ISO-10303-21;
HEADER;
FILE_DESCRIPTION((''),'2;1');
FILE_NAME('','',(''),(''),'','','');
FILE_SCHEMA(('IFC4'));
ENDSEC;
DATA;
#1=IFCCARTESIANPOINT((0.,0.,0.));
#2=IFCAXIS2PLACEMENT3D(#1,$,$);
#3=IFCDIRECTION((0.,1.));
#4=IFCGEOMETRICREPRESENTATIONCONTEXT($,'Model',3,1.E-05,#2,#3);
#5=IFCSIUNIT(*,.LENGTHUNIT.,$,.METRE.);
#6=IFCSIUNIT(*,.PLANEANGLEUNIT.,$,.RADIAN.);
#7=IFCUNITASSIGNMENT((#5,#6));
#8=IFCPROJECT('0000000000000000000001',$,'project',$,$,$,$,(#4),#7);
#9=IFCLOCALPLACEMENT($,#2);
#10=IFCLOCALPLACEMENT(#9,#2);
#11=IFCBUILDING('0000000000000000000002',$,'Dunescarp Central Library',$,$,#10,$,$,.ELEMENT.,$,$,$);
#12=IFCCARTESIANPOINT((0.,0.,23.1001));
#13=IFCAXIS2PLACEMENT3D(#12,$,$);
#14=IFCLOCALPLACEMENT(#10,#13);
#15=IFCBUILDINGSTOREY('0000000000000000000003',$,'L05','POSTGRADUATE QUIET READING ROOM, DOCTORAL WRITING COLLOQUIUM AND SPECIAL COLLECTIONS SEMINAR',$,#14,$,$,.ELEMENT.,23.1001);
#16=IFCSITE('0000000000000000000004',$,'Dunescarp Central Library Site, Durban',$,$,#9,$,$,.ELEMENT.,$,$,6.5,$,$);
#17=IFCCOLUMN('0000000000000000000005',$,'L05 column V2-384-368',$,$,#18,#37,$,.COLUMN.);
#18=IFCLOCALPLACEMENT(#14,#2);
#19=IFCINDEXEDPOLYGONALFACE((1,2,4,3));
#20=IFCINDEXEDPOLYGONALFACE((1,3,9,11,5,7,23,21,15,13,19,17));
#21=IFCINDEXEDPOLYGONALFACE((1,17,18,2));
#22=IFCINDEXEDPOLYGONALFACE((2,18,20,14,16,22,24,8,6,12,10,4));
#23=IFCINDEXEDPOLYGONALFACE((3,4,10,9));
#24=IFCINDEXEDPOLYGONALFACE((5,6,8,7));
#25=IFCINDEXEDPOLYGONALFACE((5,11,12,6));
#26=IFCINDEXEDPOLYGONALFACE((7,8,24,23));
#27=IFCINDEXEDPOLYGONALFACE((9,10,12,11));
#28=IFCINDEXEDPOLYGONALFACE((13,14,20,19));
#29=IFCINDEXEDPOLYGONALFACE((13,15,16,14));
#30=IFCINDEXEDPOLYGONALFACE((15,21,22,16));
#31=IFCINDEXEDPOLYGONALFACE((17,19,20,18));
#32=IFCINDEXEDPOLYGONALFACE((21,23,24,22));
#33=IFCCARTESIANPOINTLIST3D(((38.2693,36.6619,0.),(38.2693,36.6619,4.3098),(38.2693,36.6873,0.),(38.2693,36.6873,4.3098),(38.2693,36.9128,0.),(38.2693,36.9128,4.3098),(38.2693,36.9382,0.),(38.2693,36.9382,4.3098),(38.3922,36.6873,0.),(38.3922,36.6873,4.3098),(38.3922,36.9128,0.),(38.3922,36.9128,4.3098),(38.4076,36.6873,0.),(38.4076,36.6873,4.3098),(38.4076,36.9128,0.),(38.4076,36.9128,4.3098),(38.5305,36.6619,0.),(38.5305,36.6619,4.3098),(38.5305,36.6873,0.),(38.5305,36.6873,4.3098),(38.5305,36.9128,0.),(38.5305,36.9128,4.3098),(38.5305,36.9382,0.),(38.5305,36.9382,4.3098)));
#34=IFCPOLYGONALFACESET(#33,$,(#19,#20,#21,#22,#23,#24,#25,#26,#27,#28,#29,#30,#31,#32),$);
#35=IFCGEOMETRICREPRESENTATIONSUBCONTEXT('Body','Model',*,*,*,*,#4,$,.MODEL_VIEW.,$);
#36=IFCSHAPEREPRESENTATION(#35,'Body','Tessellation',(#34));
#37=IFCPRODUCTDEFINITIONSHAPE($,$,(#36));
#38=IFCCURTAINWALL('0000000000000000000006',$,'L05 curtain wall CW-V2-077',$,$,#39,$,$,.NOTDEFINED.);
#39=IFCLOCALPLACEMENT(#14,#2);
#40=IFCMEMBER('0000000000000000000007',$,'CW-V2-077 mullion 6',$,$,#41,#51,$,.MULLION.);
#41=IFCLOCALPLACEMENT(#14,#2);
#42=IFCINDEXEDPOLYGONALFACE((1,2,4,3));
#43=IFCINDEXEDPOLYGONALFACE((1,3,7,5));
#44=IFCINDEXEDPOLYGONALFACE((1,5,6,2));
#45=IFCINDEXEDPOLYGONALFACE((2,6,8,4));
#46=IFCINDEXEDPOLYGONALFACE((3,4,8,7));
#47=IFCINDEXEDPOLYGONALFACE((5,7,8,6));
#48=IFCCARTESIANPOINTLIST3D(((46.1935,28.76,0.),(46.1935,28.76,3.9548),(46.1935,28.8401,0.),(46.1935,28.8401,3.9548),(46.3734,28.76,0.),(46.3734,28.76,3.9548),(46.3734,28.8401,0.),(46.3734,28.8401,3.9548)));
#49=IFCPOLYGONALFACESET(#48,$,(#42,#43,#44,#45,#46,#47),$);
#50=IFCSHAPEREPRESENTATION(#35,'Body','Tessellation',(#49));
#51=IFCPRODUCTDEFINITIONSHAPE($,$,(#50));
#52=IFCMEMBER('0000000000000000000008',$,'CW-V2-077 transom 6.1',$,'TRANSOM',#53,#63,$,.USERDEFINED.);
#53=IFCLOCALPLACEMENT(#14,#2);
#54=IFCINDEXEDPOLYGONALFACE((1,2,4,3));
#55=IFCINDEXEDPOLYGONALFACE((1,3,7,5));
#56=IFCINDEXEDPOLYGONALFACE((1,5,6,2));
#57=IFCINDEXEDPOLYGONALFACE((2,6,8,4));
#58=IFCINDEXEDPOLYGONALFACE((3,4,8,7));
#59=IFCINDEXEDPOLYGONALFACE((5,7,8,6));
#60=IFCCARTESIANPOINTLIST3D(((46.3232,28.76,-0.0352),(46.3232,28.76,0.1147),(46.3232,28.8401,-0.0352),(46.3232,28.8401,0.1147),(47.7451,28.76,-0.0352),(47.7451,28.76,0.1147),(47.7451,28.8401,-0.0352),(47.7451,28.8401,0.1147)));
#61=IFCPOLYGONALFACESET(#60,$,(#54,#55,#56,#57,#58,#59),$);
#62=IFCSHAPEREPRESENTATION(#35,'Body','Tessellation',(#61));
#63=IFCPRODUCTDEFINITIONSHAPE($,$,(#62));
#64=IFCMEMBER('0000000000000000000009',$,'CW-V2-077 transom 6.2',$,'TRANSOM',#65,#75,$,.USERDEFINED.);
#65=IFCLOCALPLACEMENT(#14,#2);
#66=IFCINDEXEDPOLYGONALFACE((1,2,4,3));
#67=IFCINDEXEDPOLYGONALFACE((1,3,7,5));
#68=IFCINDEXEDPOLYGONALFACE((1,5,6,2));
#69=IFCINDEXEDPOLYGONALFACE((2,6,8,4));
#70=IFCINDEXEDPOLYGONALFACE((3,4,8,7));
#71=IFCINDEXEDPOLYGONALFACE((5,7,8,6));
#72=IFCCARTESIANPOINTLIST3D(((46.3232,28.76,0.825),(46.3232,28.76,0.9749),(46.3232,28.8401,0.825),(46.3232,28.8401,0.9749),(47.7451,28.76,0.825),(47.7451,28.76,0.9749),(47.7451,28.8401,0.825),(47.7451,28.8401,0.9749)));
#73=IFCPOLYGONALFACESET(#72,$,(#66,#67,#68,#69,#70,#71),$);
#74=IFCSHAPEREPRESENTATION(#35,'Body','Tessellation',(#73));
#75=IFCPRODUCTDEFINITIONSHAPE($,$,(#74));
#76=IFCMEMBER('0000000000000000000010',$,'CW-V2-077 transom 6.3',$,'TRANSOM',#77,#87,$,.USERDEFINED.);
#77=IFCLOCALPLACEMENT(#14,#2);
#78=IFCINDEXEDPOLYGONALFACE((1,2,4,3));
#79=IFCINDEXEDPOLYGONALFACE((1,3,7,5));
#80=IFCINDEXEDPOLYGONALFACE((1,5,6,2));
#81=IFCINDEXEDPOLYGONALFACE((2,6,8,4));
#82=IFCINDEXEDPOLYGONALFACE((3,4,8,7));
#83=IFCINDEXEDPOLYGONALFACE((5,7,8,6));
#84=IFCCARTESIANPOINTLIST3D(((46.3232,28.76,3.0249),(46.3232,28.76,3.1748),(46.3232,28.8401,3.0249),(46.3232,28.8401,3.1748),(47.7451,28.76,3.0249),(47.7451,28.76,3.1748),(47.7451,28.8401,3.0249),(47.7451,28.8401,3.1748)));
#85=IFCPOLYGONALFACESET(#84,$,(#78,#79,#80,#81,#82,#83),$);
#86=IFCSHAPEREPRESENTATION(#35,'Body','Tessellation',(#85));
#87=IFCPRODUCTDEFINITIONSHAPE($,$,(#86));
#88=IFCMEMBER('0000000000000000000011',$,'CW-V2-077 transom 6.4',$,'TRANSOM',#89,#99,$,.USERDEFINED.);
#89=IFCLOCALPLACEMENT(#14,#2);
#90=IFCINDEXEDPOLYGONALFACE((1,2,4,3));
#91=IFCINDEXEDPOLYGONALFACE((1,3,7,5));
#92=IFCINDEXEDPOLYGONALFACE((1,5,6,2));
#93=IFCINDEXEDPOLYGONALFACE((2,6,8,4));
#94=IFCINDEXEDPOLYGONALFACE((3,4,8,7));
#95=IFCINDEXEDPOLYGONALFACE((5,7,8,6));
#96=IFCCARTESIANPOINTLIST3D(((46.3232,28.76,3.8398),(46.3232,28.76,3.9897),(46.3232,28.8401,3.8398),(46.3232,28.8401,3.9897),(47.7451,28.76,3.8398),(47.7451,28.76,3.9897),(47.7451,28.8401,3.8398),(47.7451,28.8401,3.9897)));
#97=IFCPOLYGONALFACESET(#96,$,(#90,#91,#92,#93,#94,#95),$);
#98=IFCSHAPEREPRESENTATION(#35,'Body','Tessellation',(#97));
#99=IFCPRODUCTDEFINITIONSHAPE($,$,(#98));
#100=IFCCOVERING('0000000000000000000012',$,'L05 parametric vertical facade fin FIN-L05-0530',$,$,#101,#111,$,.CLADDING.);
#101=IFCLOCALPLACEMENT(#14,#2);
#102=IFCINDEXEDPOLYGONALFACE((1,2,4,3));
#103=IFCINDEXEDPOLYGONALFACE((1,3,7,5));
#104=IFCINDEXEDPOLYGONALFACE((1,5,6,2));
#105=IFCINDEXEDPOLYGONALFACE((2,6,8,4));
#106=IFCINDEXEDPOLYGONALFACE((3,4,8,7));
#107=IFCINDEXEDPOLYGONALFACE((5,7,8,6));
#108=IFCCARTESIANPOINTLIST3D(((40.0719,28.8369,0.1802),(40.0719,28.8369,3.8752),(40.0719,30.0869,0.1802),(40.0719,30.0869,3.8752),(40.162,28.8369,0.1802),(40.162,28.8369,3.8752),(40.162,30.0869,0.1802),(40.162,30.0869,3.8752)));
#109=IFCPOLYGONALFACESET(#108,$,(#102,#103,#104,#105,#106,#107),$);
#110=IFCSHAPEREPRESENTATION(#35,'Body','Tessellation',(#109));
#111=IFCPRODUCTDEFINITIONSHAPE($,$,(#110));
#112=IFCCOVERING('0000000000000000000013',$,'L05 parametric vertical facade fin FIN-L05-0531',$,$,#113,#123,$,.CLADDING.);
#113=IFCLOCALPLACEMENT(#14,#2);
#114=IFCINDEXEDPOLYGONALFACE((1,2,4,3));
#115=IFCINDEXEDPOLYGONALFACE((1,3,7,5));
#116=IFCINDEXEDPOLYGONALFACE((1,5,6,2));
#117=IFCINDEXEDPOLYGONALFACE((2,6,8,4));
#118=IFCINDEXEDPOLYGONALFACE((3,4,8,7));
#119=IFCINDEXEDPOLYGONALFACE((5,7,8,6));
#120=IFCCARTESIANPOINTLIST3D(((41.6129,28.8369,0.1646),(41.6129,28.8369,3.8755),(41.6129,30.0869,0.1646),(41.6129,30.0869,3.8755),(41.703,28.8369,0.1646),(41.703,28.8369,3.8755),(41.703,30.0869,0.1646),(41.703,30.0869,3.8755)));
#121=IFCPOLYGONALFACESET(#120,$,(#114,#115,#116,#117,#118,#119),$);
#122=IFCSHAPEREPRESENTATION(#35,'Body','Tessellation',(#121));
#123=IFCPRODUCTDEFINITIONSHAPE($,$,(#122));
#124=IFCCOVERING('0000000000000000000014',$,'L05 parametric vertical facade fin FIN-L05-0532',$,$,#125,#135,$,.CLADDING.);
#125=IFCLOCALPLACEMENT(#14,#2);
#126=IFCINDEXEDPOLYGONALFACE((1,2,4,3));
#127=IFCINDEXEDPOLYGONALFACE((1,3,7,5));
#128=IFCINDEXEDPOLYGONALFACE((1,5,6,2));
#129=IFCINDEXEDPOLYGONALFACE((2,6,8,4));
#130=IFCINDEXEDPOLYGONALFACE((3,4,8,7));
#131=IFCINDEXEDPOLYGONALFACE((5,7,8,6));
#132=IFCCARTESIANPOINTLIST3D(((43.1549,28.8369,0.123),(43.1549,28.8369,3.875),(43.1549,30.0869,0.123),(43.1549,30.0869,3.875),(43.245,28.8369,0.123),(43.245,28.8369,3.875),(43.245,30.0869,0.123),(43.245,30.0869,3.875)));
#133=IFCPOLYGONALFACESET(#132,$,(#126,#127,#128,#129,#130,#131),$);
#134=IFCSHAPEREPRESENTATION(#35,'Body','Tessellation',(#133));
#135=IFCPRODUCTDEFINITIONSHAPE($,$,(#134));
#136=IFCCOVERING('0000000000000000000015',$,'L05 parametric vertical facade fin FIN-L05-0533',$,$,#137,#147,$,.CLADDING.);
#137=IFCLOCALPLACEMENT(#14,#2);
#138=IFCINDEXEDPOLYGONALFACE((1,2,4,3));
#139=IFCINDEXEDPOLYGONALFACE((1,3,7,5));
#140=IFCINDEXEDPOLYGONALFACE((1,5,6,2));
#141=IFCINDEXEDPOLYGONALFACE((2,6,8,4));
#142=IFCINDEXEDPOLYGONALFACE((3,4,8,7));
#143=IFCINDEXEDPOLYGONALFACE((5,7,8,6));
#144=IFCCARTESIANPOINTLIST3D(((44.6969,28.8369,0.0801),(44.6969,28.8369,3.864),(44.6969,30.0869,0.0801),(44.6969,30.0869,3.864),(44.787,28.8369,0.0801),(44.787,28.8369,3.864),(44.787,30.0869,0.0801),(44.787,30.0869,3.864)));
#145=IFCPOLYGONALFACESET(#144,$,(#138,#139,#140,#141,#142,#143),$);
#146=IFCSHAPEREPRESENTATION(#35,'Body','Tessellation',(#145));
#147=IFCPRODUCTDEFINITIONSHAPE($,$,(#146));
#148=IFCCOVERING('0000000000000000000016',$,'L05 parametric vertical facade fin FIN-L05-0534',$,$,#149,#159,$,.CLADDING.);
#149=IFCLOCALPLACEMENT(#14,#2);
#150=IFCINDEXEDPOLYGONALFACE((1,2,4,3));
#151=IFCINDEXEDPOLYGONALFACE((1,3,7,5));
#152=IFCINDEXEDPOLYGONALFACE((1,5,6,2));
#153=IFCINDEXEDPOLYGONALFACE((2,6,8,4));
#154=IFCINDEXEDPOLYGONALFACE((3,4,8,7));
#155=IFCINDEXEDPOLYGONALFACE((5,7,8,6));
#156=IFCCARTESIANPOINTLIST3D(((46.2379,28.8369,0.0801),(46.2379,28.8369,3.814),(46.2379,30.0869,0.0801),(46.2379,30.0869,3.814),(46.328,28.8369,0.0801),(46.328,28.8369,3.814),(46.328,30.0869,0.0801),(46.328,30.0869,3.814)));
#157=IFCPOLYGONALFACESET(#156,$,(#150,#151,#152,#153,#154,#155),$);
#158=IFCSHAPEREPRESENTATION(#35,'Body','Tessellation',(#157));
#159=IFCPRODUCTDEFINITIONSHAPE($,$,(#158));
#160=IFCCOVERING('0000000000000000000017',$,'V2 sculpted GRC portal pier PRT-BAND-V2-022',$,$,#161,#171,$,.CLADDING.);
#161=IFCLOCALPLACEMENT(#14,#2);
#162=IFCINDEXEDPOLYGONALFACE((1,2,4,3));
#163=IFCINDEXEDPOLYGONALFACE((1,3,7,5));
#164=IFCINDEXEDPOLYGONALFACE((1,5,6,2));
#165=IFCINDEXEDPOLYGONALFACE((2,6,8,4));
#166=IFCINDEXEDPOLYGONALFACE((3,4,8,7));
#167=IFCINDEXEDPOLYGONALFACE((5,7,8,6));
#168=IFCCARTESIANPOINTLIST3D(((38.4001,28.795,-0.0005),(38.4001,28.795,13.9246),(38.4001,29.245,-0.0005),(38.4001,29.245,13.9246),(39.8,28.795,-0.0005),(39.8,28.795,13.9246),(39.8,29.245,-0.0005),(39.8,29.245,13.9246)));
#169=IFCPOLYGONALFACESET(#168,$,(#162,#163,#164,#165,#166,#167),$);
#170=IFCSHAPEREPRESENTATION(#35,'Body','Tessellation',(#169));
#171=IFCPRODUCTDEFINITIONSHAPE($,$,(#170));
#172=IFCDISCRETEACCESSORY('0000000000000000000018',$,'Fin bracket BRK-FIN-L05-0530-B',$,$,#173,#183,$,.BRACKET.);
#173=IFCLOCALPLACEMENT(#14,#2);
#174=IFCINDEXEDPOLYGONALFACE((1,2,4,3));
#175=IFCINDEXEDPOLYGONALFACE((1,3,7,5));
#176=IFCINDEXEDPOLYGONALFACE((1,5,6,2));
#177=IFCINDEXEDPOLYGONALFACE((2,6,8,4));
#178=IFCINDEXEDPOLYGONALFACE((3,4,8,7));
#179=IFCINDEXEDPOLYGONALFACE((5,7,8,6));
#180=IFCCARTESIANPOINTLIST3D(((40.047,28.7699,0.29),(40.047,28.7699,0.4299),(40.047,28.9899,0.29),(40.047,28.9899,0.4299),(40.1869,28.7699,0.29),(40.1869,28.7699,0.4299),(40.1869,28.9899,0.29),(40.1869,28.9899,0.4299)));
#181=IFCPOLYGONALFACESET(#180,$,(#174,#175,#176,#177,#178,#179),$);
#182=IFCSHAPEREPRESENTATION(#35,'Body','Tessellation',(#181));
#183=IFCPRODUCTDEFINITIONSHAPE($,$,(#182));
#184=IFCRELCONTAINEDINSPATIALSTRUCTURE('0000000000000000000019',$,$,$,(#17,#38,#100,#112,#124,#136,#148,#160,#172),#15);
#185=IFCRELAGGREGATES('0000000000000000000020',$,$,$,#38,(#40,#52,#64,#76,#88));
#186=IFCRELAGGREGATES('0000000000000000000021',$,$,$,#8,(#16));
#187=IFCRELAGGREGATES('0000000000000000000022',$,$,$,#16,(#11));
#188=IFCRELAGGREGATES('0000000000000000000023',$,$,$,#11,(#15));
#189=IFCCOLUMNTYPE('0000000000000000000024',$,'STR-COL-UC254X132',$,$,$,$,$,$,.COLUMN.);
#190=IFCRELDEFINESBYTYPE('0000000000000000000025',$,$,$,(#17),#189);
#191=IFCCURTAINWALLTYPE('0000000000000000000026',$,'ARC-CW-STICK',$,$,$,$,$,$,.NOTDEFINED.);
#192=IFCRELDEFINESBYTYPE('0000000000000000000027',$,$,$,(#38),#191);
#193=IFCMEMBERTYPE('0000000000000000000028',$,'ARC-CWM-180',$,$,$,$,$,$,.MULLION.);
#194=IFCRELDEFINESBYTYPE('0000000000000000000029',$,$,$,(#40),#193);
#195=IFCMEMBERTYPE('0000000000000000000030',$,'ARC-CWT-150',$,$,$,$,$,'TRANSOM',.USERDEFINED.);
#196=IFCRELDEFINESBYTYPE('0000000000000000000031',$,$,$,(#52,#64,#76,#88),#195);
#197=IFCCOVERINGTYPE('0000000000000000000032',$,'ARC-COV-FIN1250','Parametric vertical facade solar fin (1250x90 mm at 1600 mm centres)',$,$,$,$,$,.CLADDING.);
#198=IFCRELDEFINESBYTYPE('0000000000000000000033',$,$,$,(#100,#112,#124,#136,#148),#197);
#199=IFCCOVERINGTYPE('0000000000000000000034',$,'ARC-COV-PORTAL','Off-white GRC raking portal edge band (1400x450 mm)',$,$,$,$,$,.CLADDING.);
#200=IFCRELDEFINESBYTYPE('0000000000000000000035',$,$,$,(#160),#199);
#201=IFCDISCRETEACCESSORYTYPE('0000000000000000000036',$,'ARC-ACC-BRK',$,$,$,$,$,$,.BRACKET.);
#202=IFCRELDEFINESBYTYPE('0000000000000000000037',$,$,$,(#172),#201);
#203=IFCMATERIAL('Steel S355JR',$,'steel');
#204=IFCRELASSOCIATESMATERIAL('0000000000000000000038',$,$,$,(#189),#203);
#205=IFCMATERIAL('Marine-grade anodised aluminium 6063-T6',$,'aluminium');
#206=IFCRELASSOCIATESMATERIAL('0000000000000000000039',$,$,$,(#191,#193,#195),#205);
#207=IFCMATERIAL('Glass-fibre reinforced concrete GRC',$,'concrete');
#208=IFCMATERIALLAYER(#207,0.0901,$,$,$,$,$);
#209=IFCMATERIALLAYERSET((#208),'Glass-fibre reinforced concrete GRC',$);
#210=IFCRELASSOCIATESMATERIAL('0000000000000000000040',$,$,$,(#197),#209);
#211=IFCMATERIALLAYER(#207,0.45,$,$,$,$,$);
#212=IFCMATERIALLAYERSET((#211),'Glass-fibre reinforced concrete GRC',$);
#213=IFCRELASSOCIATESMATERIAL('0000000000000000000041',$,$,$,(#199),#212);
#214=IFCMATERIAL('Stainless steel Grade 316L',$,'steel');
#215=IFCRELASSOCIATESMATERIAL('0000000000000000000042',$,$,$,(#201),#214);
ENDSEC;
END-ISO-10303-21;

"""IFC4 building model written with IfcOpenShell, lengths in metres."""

from ifc_helpers import new_model, si_unit, direction, frame, origin, origin_2d, place, context, subcontext, project, spatial, rectangle, i_section, extrude, material, layer, layer_set, material_profile, profile_set, type_object, element, aggregate, save


model = new_model("IFC4")

# Units and contexts
model_context = context("Model", 3, precision=1e-05, world=origin(), true_north=direction((0.0, 1.0)))
body_context = subcontext(model_context, "Body", "Model", "MODEL_VIEW")
ifc_project = project(units=[si_unit("LENGTHUNIT", "METRE"), si_unit("PLANEANGLEUNIT", "RADIAN")], contexts=[model_context])

# Site, building, storey
site_placement = place(None, origin())
site = spatial("IfcSite", under=ifc_project, at=site_placement, Name="Dunescarp Central Library Site, Durban", CompositionType="ELEMENT", RefElevation=6.5)
building_placement = place(site_placement, origin())
building = spatial("IfcBuilding", under=site, at=building_placement, Name="Dunescarp Central Library", CompositionType="ELEMENT")
storey_placement = place(building_placement, frame((0.0, 0.0, 23.1001)))
storey = spatial("IfcBuildingStorey", under=building, at=storey_placement, Name="L05", Description="POSTGRADUATE QUIET READING ROOM, DOCTORAL WRITING COLLOQUIUM AND SPECIAL COLLECTIONS SEMINAR", CompositionType="ELEMENT", Elevation=23.1001)

# Column
ifc_material_1 = material(Name="Steel S355JR", Category="steel")
ifc_material_profile_1 = material_profile(ifc_material_1, i_section(OverallWidth=0.2612, OverallDepth=0.2764, WebThickness=0.0154, FlangeThickness=0.0254, at=origin_2d()), Name="UC 254x254x132")
ifc_profile_set_1 = profile_set([ifc_material_profile_1], Name="Steel S355JR")
column_type = type_object("IfcColumnType", Name="STR-COL-UC254X132", PredefinedType="COLUMN", material=ifc_profile_set_1)
column_placement = place(storey_placement, frame((38.3999, 36.8, 0.0), z_axis=(0.0, 0.0, 1.0), x_axis=(1.0, 0.0, 0.0)))
element("IfcColumn", 1, at=column_placement, inside=storey, type_object=column_type, Name="L05 column V2-384-368", PredefinedType="COLUMN", context=body_context, shape_type="SweptSolid", body=[
    extrude(i_section(OverallWidth=0.2612, OverallDepth=0.2764, WebThickness=0.0154, FlangeThickness=0.0254, at=origin_2d()), origin(), (0.0, 0.0, 1.0), 4.3098),
])

# Curtain wall, members
ifc_material_2 = material(Name="Marine-grade anodised aluminium 6063-T6", Category="aluminium")
curtain_wall_type = type_object("IfcCurtainWallType", Name="ARC-CW-STICK", PredefinedType="NOTDEFINED", material=ifc_material_2)
curtain_wall_placement = place(storey_placement, origin())
curtain_wall = element("IfcCurtainWall", 2, at=curtain_wall_placement, inside=storey, type_object=curtain_wall_type, Name="L05 curtain wall CW-V2-077", PredefinedType="NOTDEFINED")
ifc_material_profile_2 = material_profile(ifc_material_2, rectangle(XDim=0.0801, YDim=0.1799, at=origin_2d()), Name="AL 80x180")
ifc_profile_set_2 = profile_set([ifc_material_profile_2], Name="Marine-grade anodised aluminium 6063-T6")
member_type_1 = type_object("IfcMemberType", Name="ARC-CWM-180", PredefinedType="MULLION", material=ifc_profile_set_2)
member_1_placement = place(storey_placement, frame((46.2834, 28.8, 0.0), z_axis=(0.0, 0.0, 1.0), x_axis=(0.0, 1.0, 0.0)))
member_1 = element("IfcMember", 3, at=member_1_placement, type_object=member_type_1, Name="CW-V2-077 mullion 6", PredefinedType="MULLION", context=body_context, shape_type="SweptSolid", body=[
    extrude(rectangle(XDim=0.0801, YDim=0.1799, at=origin_2d()), origin(), (0.0, 0.0, 1.0), 3.9548),
])
ifc_material_profile_3 = material_profile(ifc_material_2, rectangle(XDim=0.0801, YDim=0.1499, at=origin_2d()), Name="AL 80x150")
ifc_profile_set_3 = profile_set([ifc_material_profile_3], Name="Marine-grade anodised aluminium 6063-T6")
member_type_2 = type_object("IfcMemberType", Name="ARC-CWT-150", ElementType="TRANSOM", PredefinedType="USERDEFINED", material=ifc_profile_set_3)
member_2_placement = place(storey_placement, frame((46.3232, 28.8, 0.0398), z_axis=(1.0, 0.0, 0.0), x_axis=(0.0, 1.0, 0.0)))
member_2 = element("IfcMember", 4, at=member_2_placement, type_object=member_type_2, Name="CW-V2-077 transom 6.1", ObjectType="TRANSOM", PredefinedType="USERDEFINED", context=body_context, shape_type="SweptSolid", body=[
    extrude(rectangle(XDim=0.0801, YDim=0.1499, at=origin_2d()), origin(), (0.0, 0.0, 1.0), 1.4219),
])
member_3_placement = place(storey_placement, frame((46.3232, 28.8, 0.8999), z_axis=(1.0, 0.0, 0.0), x_axis=(0.0, 1.0, 0.0)))
member_3 = element("IfcMember", 5, at=member_3_placement, type_object=member_type_2, Name="CW-V2-077 transom 6.2", ObjectType="TRANSOM", PredefinedType="USERDEFINED", context=body_context, shape_type="SweptSolid", body=[
    extrude(rectangle(XDim=0.0801, YDim=0.1499, at=origin_2d()), origin(), (0.0, 0.0, 1.0), 1.4219),
])
member_4_placement = place(storey_placement, frame((46.3232, 28.8, 3.0999), z_axis=(1.0, 0.0, 0.0), x_axis=(0.0, 1.0, 0.0)))
member_4 = element("IfcMember", 6, at=member_4_placement, type_object=member_type_2, Name="CW-V2-077 transom 6.3", ObjectType="TRANSOM", PredefinedType="USERDEFINED", context=body_context, shape_type="SweptSolid", body=[
    extrude(rectangle(XDim=0.0801, YDim=0.1499, at=origin_2d()), origin(), (0.0, 0.0, 1.0), 1.4219),
])
member_5_placement = place(storey_placement, frame((46.3232, 28.8, 3.9148), z_axis=(1.0, 0.0, 0.0), x_axis=(0.0, 1.0, 0.0)))
member_5 = element("IfcMember", 7, at=member_5_placement, type_object=member_type_2, Name="CW-V2-077 transom 6.4", ObjectType="TRANSOM", PredefinedType="USERDEFINED", context=body_context, shape_type="SweptSolid", body=[
    extrude(rectangle(XDim=0.0801, YDim=0.1499, at=origin_2d()), origin(), (0.0, 0.0, 1.0), 1.4219),
])
aggregate(curtain_wall, [member_1, member_2, member_3, member_4, member_5])

# Coverings
ifc_material_3 = material(Name="Glass-fibre reinforced concrete GRC", Category="concrete")
ifc_layer_1 = layer(ifc_material_3, 0.0901)
ifc_layer_set_1 = layer_set([ifc_layer_1], Name="Glass-fibre reinforced concrete GRC")
covering_type_1 = type_object("IfcCoveringType", Name="ARC-COV-FIN1250", Description="Parametric vertical facade solar fin (1250x90 mm at 1600 mm centres)", PredefinedType="CLADDING", material=ifc_layer_set_1)
covering_1_placement = place(storey_placement, frame((40.1169, 29.4619, 0.1802), z_axis=(0.0, 0.0, 1.0), x_axis=(0.0, 1.0, 0.0)))
element("IfcCovering", 8, at=covering_1_placement, inside=storey, type_object=covering_type_1, Name="L05 parametric vertical facade fin FIN-L05-0530", PredefinedType="CLADDING", context=body_context, shape_type="SweptSolid", body=[
    extrude(rectangle(XDim=1.25, YDim=0.0901, at=origin_2d()), origin(), (0.0, 0.0, 1.0), 3.6951),
])
covering_2_placement = place(storey_placement, frame((41.658, 29.4619, 0.1646), z_axis=(0.0, 0.0, 1.0), x_axis=(0.0, 1.0, 0.0)))
element("IfcCovering", 9, at=covering_2_placement, inside=storey, type_object=covering_type_1, Name="L05 parametric vertical facade fin FIN-L05-0531", PredefinedType="CLADDING", context=body_context, shape_type="SweptSolid", body=[
    extrude(rectangle(XDim=1.25, YDim=0.0901, at=origin_2d()), origin(), (0.0, 0.0, 1.0), 3.7109),
])
covering_3_placement = place(storey_placement, frame((43.2, 29.4619, 0.123), z_axis=(0.0, 0.0, 1.0), x_axis=(0.0, 1.0, 0.0)))
element("IfcCovering", 10, at=covering_3_placement, inside=storey, type_object=covering_type_1, Name="L05 parametric vertical facade fin FIN-L05-0532", PredefinedType="CLADDING", context=body_context, shape_type="SweptSolid", body=[
    extrude(rectangle(XDim=1.25, YDim=0.0901, at=origin_2d()), origin(), (0.0, 0.0, 1.0), 3.752),
])
covering_4_placement = place(storey_placement, frame((44.7419, 29.4619, 0.0801), z_axis=(0.0, 0.0, 1.0), x_axis=(0.0, 1.0, 0.0)))
element("IfcCovering", 11, at=covering_4_placement, inside=storey, type_object=covering_type_1, Name="L05 parametric vertical facade fin FIN-L05-0533", PredefinedType="CLADDING", context=body_context, shape_type="SweptSolid", body=[
    extrude(rectangle(XDim=1.25, YDim=0.0901, at=origin_2d()), origin(), (0.0, 0.0, 1.0), 3.7839),
])
covering_5_placement = place(storey_placement, frame((46.283, 29.4619, 0.0801), z_axis=(0.0, 0.0, 1.0), x_axis=(0.0, 1.0, 0.0)))
element("IfcCovering", 12, at=covering_5_placement, inside=storey, type_object=covering_type_1, Name="L05 parametric vertical facade fin FIN-L05-0534", PredefinedType="CLADDING", context=body_context, shape_type="SweptSolid", body=[
    extrude(rectangle(XDim=1.25, YDim=0.0901, at=origin_2d()), origin(), (0.0, 0.0, 1.0), 3.7339),
])
ifc_layer_2 = layer(ifc_material_3, 0.45)
ifc_layer_set_2 = layer_set([ifc_layer_2], Name="Glass-fibre reinforced concrete GRC")
covering_type_2 = type_object("IfcCoveringType", Name="ARC-COV-PORTAL", Description="Off-white GRC raking portal edge band (1400x450 mm)", PredefinedType="CLADDING", material=ifc_layer_set_2)
covering_6_placement = place(storey_placement, frame((39.1001, 29.02, -0.0005), z_axis=(0.0, 0.0, 1.0), x_axis=(1.0, 0.0, 0.0)))
element("IfcCovering", 13, at=covering_6_placement, inside=storey, type_object=covering_type_2, Name="V2 sculpted GRC portal pier PRT-BAND-V2-022", PredefinedType="CLADDING", context=body_context, shape_type="SweptSolid", body=[
    extrude(rectangle(XDim=1.3999, YDim=0.45, at=origin_2d()), origin(), (0.0, 0.0, 1.0), 13.925),
])

# Discrete accessory
ifc_material_4 = material(Name="Stainless steel Grade 316L", Category="steel")
discrete_accessory_type = type_object("IfcDiscreteAccessoryType", Name="ARC-ACC-BRK", PredefinedType="BRACKET", material=ifc_material_4)
for number, where, z_axis, x_axis, name in (
    (14, (40.1169, 28.8799, 0.29), (0.0, 0.0, 1.0), (0.0, 1.0, 0.0), "Fin bracket BRK-FIN-L05-0530-B"),
):
    element("IfcDiscreteAccessory", number, at=place(storey_placement, frame(where, z_axis=z_axis, x_axis=x_axis)), inside=storey, type_object=discrete_accessory_type, Name=name, PredefinedType="BRACKET", context=body_context, shape_type="SweptSolid", body=[
        extrude(rectangle(XDim=0.22, YDim=0.1399, at=origin_2d()), origin(), (0.0, 0.0, 1.0), 0.1399),
    ])

save(model, "model.ifc")
